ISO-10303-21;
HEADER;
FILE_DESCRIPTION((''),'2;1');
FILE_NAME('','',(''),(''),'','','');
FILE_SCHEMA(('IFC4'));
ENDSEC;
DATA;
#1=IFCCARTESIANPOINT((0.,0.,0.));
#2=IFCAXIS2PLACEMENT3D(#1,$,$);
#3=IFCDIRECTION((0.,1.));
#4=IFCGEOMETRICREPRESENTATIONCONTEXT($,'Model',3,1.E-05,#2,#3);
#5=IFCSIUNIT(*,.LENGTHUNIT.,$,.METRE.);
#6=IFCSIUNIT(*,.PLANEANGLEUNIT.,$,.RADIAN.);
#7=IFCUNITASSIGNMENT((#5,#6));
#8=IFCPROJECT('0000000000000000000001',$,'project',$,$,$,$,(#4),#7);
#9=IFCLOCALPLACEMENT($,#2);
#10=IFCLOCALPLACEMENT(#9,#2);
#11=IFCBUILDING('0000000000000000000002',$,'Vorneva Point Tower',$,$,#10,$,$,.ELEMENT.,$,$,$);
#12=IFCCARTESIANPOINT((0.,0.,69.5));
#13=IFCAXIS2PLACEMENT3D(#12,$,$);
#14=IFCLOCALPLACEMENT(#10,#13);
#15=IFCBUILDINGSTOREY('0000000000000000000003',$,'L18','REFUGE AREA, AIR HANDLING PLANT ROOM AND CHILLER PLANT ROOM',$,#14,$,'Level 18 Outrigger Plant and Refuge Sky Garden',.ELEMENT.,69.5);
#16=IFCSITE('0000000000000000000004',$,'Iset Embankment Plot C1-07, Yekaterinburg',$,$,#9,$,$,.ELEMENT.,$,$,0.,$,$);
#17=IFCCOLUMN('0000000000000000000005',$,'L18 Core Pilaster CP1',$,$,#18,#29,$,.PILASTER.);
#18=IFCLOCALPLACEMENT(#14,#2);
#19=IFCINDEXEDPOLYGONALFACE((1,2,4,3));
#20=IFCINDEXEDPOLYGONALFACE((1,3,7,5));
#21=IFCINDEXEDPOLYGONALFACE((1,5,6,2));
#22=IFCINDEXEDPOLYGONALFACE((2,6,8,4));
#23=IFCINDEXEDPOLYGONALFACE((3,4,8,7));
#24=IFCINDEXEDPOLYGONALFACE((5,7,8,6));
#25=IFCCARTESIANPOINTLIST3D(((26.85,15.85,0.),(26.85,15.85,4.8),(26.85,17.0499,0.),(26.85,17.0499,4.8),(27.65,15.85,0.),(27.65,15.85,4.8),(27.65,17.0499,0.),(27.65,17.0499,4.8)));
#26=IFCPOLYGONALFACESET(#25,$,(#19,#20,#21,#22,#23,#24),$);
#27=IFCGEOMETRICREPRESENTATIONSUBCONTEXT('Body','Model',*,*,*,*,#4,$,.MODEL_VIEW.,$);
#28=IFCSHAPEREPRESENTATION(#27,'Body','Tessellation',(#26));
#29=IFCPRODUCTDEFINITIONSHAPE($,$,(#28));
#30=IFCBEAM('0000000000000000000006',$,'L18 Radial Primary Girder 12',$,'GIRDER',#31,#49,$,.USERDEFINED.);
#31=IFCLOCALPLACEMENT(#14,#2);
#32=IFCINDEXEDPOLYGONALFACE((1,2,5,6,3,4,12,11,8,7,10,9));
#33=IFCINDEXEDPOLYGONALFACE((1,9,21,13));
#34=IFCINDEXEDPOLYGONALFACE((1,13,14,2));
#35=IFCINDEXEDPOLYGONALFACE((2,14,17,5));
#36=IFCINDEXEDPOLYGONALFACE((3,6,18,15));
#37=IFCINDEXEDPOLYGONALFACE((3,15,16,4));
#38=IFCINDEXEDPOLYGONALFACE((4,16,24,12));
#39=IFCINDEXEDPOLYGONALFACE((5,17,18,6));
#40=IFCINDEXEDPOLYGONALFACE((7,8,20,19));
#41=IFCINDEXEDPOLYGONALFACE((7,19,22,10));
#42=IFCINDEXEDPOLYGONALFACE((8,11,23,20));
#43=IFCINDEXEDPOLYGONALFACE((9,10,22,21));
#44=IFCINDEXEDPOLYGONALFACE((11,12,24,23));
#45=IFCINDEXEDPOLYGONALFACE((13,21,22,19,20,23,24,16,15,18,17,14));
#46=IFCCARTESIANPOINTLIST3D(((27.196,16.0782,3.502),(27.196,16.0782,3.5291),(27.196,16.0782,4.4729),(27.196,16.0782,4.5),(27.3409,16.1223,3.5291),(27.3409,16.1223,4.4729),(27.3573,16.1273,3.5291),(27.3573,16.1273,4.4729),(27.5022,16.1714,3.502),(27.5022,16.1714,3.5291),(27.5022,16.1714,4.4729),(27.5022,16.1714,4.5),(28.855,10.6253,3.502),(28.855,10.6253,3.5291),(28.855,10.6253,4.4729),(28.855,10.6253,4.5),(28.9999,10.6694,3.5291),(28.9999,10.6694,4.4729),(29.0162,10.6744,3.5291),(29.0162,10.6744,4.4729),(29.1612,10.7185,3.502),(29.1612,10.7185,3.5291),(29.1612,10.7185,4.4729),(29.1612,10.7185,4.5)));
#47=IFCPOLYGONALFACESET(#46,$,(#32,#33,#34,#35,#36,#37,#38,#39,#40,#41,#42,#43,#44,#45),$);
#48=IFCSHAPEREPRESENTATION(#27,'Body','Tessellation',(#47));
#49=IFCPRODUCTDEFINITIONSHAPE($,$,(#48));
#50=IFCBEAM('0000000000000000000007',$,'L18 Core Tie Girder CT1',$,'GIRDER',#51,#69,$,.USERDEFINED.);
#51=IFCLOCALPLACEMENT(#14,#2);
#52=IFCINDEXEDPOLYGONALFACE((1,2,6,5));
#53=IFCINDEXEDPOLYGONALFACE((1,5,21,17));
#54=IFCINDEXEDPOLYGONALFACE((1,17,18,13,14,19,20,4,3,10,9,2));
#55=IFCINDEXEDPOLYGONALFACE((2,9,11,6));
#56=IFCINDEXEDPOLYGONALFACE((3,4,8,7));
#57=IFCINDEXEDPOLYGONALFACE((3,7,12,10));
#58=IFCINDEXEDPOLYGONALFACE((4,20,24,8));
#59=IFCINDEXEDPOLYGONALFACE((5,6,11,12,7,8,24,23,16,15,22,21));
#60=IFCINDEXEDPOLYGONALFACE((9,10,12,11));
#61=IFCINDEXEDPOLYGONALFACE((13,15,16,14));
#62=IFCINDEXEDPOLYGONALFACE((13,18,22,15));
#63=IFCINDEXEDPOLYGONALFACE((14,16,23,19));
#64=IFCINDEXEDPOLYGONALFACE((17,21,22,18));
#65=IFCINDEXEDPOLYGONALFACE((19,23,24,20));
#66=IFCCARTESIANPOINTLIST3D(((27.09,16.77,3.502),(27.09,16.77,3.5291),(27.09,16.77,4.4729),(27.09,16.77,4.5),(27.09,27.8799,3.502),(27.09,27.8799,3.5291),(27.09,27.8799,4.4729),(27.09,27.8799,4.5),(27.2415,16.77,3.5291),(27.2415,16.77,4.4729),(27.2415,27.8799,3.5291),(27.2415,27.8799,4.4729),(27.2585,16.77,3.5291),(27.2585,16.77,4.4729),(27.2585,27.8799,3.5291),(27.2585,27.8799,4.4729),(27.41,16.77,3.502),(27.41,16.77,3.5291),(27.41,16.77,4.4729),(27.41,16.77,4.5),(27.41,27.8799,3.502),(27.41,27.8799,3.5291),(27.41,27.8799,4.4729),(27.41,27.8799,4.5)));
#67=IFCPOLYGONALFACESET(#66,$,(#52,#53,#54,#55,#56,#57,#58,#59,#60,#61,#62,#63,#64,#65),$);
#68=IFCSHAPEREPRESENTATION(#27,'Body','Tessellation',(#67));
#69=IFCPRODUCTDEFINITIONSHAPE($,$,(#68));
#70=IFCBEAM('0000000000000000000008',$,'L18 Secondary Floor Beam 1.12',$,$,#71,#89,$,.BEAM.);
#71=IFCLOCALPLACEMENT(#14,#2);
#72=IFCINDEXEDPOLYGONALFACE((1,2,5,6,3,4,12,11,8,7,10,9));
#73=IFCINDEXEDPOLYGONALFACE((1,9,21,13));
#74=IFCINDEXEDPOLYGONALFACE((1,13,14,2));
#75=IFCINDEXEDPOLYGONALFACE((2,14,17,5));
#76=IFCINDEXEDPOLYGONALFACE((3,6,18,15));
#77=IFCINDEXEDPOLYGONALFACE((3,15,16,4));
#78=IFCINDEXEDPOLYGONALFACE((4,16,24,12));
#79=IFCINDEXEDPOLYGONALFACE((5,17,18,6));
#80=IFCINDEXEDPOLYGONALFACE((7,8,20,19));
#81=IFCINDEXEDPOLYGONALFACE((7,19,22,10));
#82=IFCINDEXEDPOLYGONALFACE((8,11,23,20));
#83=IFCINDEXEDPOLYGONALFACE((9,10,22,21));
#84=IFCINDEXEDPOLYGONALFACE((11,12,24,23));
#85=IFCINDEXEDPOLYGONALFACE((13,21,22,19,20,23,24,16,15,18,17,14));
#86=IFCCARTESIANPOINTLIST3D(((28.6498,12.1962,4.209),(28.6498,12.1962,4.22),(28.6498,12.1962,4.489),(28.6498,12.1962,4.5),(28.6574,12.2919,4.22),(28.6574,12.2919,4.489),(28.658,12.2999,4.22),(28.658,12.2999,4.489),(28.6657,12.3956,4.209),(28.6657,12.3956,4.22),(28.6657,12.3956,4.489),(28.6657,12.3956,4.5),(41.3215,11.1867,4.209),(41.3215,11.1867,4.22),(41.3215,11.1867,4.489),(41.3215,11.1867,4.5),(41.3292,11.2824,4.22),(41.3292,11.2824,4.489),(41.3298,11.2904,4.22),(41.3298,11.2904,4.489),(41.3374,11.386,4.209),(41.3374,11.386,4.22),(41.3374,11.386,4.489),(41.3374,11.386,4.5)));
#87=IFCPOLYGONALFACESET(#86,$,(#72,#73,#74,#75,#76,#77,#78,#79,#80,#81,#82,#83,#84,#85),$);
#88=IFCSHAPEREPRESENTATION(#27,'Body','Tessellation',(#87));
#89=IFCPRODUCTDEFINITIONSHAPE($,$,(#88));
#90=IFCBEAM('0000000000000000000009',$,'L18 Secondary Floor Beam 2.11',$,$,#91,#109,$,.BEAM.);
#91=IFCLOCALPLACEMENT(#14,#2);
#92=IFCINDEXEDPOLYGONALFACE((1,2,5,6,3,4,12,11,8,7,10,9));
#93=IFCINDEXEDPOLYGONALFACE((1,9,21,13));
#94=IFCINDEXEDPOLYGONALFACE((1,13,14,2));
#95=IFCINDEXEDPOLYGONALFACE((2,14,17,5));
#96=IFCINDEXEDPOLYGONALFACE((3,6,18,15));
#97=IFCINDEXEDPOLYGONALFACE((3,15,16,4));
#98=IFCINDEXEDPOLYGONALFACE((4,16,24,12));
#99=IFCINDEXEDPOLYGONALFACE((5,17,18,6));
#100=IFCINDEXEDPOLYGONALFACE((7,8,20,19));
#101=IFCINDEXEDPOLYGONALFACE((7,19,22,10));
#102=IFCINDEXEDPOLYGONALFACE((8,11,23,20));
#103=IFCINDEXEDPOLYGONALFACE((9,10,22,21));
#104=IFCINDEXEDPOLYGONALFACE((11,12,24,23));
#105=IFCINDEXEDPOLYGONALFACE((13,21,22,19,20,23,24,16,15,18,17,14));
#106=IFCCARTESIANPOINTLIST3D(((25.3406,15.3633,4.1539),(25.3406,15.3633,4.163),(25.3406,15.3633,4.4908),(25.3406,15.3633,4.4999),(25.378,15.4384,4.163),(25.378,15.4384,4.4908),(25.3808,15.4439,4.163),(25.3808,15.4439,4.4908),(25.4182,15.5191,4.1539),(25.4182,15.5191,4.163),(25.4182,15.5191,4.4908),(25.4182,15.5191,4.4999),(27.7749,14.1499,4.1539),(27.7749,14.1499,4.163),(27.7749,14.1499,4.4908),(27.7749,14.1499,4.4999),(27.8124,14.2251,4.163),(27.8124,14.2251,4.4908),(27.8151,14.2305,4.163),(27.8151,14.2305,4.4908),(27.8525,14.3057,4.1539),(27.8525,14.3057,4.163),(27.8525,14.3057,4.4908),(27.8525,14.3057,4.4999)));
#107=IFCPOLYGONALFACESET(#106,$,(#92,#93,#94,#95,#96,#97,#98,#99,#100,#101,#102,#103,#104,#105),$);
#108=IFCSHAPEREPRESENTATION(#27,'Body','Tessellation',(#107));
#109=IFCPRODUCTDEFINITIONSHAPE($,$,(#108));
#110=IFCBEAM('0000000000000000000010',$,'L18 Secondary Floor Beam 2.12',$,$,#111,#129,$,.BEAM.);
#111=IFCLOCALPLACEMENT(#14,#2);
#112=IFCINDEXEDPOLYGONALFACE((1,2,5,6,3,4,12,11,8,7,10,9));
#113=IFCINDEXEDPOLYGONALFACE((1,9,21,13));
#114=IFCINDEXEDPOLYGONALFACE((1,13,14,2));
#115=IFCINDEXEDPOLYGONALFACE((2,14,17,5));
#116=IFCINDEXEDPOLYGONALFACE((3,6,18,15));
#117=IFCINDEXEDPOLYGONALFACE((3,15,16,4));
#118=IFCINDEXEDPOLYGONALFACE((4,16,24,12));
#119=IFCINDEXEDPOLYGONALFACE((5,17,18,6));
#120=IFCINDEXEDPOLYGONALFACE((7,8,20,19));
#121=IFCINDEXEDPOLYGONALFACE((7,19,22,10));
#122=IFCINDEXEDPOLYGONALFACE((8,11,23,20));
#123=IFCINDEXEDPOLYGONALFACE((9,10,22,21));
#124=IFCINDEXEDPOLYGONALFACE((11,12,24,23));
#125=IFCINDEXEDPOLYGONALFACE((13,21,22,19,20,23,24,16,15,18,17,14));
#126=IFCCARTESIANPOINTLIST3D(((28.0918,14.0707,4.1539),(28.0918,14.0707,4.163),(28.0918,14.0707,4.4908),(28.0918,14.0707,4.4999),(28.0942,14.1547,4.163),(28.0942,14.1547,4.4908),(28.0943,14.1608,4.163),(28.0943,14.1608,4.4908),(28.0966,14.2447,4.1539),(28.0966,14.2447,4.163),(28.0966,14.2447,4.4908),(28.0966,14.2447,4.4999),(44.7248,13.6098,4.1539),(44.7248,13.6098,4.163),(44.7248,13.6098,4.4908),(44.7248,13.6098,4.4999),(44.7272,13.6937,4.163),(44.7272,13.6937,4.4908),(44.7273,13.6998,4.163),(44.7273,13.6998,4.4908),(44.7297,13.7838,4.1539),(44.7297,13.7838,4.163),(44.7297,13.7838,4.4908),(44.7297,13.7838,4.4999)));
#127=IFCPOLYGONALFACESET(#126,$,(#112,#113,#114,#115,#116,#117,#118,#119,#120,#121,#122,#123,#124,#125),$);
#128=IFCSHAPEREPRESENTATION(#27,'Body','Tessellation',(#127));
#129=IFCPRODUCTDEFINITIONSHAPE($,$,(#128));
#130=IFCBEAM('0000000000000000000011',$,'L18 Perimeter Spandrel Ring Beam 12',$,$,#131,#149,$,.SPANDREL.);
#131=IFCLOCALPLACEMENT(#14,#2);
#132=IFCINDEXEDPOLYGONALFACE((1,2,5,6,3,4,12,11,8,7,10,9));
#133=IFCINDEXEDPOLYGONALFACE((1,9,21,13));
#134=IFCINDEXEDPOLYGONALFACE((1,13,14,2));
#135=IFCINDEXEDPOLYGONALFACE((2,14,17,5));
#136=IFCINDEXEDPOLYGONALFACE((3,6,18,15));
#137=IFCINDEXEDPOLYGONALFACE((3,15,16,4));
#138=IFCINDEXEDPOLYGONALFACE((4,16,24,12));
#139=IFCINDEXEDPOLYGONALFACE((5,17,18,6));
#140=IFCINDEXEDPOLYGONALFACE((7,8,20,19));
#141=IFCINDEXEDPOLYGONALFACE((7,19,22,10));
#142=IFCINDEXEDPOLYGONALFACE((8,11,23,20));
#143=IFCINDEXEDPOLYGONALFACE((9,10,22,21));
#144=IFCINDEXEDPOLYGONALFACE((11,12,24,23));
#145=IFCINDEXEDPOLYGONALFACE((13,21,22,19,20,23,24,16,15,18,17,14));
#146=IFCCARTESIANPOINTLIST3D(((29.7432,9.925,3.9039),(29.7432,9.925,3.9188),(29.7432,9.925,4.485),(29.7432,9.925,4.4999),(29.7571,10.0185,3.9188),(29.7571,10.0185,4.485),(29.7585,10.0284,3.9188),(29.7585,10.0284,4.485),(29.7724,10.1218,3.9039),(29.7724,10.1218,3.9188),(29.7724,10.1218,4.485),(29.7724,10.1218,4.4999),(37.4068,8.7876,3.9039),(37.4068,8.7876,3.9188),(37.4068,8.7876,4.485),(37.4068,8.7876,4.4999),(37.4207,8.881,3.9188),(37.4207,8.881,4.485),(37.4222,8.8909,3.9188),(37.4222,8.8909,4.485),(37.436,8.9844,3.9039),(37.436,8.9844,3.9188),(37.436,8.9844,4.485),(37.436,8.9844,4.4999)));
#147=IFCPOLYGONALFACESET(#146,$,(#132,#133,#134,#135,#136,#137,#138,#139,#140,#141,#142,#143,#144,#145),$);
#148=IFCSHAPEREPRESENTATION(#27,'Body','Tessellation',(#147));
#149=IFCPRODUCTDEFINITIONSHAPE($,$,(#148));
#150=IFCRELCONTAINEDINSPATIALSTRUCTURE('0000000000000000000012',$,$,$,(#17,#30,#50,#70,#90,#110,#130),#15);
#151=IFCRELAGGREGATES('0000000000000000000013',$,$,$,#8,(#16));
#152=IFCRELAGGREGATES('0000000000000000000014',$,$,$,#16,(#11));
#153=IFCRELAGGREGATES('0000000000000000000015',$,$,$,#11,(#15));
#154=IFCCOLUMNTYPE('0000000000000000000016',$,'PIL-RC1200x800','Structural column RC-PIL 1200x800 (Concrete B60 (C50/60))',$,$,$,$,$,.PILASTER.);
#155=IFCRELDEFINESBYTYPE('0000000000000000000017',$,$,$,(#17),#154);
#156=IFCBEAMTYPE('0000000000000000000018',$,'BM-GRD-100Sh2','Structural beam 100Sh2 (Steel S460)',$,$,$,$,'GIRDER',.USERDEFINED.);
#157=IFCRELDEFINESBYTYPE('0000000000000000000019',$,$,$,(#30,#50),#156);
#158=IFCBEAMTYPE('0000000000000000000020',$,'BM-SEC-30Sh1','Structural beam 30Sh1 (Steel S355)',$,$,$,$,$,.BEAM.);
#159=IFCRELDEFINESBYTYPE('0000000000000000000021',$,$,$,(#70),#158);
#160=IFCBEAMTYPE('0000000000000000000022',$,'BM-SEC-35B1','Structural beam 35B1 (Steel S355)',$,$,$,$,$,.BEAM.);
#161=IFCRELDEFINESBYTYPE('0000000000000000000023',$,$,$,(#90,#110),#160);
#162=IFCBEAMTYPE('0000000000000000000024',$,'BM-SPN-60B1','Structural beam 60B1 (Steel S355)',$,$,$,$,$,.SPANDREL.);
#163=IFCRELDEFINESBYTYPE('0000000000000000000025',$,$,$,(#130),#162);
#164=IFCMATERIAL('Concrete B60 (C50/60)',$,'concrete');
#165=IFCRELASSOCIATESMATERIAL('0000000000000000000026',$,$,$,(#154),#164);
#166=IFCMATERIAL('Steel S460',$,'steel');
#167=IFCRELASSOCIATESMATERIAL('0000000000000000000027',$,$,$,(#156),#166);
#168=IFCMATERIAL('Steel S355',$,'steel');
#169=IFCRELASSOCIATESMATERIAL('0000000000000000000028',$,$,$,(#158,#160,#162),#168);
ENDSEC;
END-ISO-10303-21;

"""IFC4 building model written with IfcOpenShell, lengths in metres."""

from ifc_helpers import new_model, si_unit, direction, frame, origin, origin_2d, place, context, subcontext, project, spatial, rectangle, i_section, extrude, material, material_profile, profile_set, type_object, element, save


model = new_model("IFC4")

# Units and contexts
model_context = context("Model", 3, precision=1e-05, world=origin(), true_north=direction((0.0, 1.0)))
body_context = subcontext(model_context, "Body", "Model", "MODEL_VIEW")
ifc_project = project(units=[si_unit("LENGTHUNIT", "METRE"), si_unit("PLANEANGLEUNIT", "RADIAN")], contexts=[model_context])

# Site, building, storey
site_placement = place(None, origin())
site = spatial("IfcSite", under=ifc_project, at=site_placement, Name="Iset Embankment Plot C1-07, Yekaterinburg", CompositionType="ELEMENT", RefElevation=0.0)
building_placement = place(site_placement, origin())
building = spatial("IfcBuilding", under=site, at=building_placement, Name="Vorneva Point Tower", CompositionType="ELEMENT")
storey_placement = place(building_placement, frame((0.0, 0.0, 69.5)))
storey = spatial("IfcBuildingStorey", under=building, at=storey_placement, Name="L18", Description="REFUGE AREA, AIR HANDLING PLANT ROOM AND CHILLER PLANT ROOM", LongName="Level 18 Outrigger Plant and Refuge Sky Garden", CompositionType="ELEMENT", Elevation=69.5)

# Column
ifc_material_1 = material(Name="Concrete B60 (C50/60)", Category="concrete")
ifc_material_profile_1 = material_profile(ifc_material_1, rectangle(XDim=0.8, YDim=1.2, at=origin_2d()), Name="RC-PIL 1200x800")
ifc_profile_set_1 = profile_set([ifc_material_profile_1], Name="Concrete B60 (C50/60)")
column_type_1 = type_object("IfcColumnType", Name="PIL-RC1200x800", Description="Structural column RC-PIL 1200x800 (Concrete B60 (C50/60))", PredefinedType="PILASTER", material=ifc_profile_set_1)
column_1_placement = place(storey_placement, frame((27.25, 16.45, 0.0), z_axis=(0.0, 0.0, 1.0), x_axis=(1.0, 0.0, 0.0)))
element("IfcColumn", 1, at=column_1_placement, inside=storey, type_object=column_type_1, Name="L18 Core Pilaster CP1", PredefinedType="PILASTER", context=body_context, shape_type="SweptSolid", body=[
    extrude(rectangle(XDim=0.8, YDim=1.2, at=origin_2d()), origin(), (0.0, 0.0, 1.0), 4.8),
])

# Beams
ifc_material_2 = material(Name="Steel S460", Category="steel")
ifc_material_profile_2 = material_profile(ifc_material_2, i_section(OverallWidth=0.3201, OverallDepth=0.998, WebThickness=0.0171, FlangeThickness=0.0271, at=origin_2d()), Name="100Sh2")
ifc_profile_set_2 = profile_set([ifc_material_profile_2], Name="Steel S460")
beam_type_1 = type_object("IfcBeamType", Name="BM-GRD-100Sh2", Description="Structural beam 100Sh2 (Steel S460)", ElementType="GIRDER", PredefinedType="USERDEFINED", material=ifc_profile_set_2)
beam_1_placement = place(storey_placement, frame((29.0081, 10.6719, 4.001), z_axis=(-0.291059, 0.956705, 0.0), x_axis=(-0.956705, -0.291059, 0.0)))
element("IfcBeam", 2, at=beam_1_placement, inside=storey, type_object=beam_type_1, Name="L18 Radial Primary Girder 12", ObjectType="GIRDER", PredefinedType="USERDEFINED", context=body_context, shape_type="SweptSolid", body=[
    extrude(i_section(OverallWidth=0.3201, OverallDepth=0.998, WebThickness=0.0171, FlangeThickness=0.0271, at=origin_2d()), origin(), (0.0, 0.0, 1.0), 5.6997),
])
beam_2_placement = place(storey_placement, frame((27.25, 16.77, 4.001), z_axis=(0.0, 1.0, 0.0), x_axis=(-1.0, 0.0, 0.0)))
element("IfcBeam", 3, at=beam_2_placement, inside=storey, type_object=beam_type_1, Name="L18 Core Tie Girder CT1", ObjectType="GIRDER", PredefinedType="USERDEFINED", context=body_context, shape_type="SweptSolid", body=[
    extrude(i_section(OverallWidth=0.3201, OverallDepth=0.998, WebThickness=0.0171, FlangeThickness=0.0271, at=origin_2d()), origin(), (0.0, 0.0, 1.0), 11.1099),
])
ifc_material_3 = material(Name="Steel S355", Category="steel")
ifc_material_profile_3 = material_profile(ifc_material_3, i_section(OverallWidth=0.2, OverallDepth=0.291, WebThickness=0.0081, FlangeThickness=0.011, at=origin_2d()), Name="30Sh1")
ifc_profile_set_3 = profile_set([ifc_material_profile_3], Name="Steel S355")
beam_type_2 = type_object("IfcBeamType", Name="BM-SEC-30Sh1", Description="Structural beam 30Sh1 (Steel S355)", PredefinedType="BEAM", material=ifc_profile_set_3)
beam_3_placement = place(storey_placement, frame((28.6577, 12.2959, 4.3545), z_axis=(0.996842, -0.079415, 0.0), x_axis=(0.079415, 0.996842, 0.0)))
element("IfcBeam", 4, at=beam_3_placement, inside=storey, type_object=beam_type_2, Name="L18 Secondary Floor Beam 1.12", PredefinedType="BEAM", context=body_context, shape_type="SweptSolid", body=[
    extrude(i_section(OverallWidth=0.2, OverallDepth=0.291, WebThickness=0.0081, FlangeThickness=0.011, at=origin_2d()), origin(), (0.0, 0.0, 1.0), 12.7119),
])
ifc_material_profile_4 = material_profile(ifc_material_3, i_section(OverallWidth=0.1741, OverallDepth=0.3459, WebThickness=0.0061, FlangeThickness=0.009, at=origin_2d()), Name="35B1")
ifc_profile_set_4 = profile_set([ifc_material_profile_4], Name="Steel S355")
beam_type_3 = type_object("IfcBeamType", Name="BM-SEC-35B1", Description="Structural beam 35B1 (Steel S355)", PredefinedType="BEAM", material=ifc_profile_set_4)
beam_4_placement = place(storey_placement, frame((25.3794, 15.4412, 4.3269), z_axis=(0.894983, -0.4461, 0.0), x_axis=(0.4461, 0.894983, 0.0)))
element("IfcBeam", 5, at=beam_4_placement, inside=storey, type_object=beam_type_3, Name="L18 Secondary Floor Beam 2.11", PredefinedType="BEAM", context=body_context, shape_type="SweptSolid", body=[
    extrude(i_section(OverallWidth=0.1741, OverallDepth=0.3459, WebThickness=0.0061, FlangeThickness=0.009, at=origin_2d()), origin(), (0.0, 0.0, 1.0), 2.72),
])
beam_5_placement = place(storey_placement, frame((28.0942, 14.1577, 4.3269), z_axis=(0.999616, -0.027701, 0.0), x_axis=(0.027701, 0.999616, 0.0)))
element("IfcBeam", 6, at=beam_5_placement, inside=storey, type_object=beam_type_3, Name="L18 Secondary Floor Beam 2.12", PredefinedType="BEAM", context=body_context, shape_type="SweptSolid", body=[
    extrude(i_section(OverallWidth=0.1741, OverallDepth=0.3459, WebThickness=0.0061, FlangeThickness=0.009, at=origin_2d()), origin(), (0.0, 0.0, 1.0), 16.6394),
])
ifc_material_profile_5 = material_profile(ifc_material_3, i_section(OverallWidth=0.199, OverallDepth=0.5959, WebThickness=0.01, FlangeThickness=0.0149, at=origin_2d()), Name="60B1")
ifc_profile_set_5 = profile_set([ifc_material_profile_5], Name="Steel S355")
beam_type_4 = type_object("IfcBeamType", Name="BM-SPN-60B1", Description="Structural beam 60B1 (Steel S355)", PredefinedType="SPANDREL", material=ifc_profile_set_5)
beam_6_placement = place(storey_placement, frame((29.7578, 10.0234, 4.2019), z_axis=(0.989164, -0.146815, 0.0), x_axis=(0.146815, 0.989164, 0.0)))
element("IfcBeam", 7, at=beam_6_placement, inside=storey, type_object=beam_type_4, Name="L18 Perimeter Spandrel Ring Beam 12", PredefinedType="SPANDREL", context=body_context, shape_type="SweptSolid", body=[
    extrude(i_section(OverallWidth=0.199, OverallDepth=0.5959, WebThickness=0.01, FlangeThickness=0.0149, at=origin_2d()), origin(), (0.0, 0.0, 1.0), 7.7476),
])

save(model, "model.ifc")
